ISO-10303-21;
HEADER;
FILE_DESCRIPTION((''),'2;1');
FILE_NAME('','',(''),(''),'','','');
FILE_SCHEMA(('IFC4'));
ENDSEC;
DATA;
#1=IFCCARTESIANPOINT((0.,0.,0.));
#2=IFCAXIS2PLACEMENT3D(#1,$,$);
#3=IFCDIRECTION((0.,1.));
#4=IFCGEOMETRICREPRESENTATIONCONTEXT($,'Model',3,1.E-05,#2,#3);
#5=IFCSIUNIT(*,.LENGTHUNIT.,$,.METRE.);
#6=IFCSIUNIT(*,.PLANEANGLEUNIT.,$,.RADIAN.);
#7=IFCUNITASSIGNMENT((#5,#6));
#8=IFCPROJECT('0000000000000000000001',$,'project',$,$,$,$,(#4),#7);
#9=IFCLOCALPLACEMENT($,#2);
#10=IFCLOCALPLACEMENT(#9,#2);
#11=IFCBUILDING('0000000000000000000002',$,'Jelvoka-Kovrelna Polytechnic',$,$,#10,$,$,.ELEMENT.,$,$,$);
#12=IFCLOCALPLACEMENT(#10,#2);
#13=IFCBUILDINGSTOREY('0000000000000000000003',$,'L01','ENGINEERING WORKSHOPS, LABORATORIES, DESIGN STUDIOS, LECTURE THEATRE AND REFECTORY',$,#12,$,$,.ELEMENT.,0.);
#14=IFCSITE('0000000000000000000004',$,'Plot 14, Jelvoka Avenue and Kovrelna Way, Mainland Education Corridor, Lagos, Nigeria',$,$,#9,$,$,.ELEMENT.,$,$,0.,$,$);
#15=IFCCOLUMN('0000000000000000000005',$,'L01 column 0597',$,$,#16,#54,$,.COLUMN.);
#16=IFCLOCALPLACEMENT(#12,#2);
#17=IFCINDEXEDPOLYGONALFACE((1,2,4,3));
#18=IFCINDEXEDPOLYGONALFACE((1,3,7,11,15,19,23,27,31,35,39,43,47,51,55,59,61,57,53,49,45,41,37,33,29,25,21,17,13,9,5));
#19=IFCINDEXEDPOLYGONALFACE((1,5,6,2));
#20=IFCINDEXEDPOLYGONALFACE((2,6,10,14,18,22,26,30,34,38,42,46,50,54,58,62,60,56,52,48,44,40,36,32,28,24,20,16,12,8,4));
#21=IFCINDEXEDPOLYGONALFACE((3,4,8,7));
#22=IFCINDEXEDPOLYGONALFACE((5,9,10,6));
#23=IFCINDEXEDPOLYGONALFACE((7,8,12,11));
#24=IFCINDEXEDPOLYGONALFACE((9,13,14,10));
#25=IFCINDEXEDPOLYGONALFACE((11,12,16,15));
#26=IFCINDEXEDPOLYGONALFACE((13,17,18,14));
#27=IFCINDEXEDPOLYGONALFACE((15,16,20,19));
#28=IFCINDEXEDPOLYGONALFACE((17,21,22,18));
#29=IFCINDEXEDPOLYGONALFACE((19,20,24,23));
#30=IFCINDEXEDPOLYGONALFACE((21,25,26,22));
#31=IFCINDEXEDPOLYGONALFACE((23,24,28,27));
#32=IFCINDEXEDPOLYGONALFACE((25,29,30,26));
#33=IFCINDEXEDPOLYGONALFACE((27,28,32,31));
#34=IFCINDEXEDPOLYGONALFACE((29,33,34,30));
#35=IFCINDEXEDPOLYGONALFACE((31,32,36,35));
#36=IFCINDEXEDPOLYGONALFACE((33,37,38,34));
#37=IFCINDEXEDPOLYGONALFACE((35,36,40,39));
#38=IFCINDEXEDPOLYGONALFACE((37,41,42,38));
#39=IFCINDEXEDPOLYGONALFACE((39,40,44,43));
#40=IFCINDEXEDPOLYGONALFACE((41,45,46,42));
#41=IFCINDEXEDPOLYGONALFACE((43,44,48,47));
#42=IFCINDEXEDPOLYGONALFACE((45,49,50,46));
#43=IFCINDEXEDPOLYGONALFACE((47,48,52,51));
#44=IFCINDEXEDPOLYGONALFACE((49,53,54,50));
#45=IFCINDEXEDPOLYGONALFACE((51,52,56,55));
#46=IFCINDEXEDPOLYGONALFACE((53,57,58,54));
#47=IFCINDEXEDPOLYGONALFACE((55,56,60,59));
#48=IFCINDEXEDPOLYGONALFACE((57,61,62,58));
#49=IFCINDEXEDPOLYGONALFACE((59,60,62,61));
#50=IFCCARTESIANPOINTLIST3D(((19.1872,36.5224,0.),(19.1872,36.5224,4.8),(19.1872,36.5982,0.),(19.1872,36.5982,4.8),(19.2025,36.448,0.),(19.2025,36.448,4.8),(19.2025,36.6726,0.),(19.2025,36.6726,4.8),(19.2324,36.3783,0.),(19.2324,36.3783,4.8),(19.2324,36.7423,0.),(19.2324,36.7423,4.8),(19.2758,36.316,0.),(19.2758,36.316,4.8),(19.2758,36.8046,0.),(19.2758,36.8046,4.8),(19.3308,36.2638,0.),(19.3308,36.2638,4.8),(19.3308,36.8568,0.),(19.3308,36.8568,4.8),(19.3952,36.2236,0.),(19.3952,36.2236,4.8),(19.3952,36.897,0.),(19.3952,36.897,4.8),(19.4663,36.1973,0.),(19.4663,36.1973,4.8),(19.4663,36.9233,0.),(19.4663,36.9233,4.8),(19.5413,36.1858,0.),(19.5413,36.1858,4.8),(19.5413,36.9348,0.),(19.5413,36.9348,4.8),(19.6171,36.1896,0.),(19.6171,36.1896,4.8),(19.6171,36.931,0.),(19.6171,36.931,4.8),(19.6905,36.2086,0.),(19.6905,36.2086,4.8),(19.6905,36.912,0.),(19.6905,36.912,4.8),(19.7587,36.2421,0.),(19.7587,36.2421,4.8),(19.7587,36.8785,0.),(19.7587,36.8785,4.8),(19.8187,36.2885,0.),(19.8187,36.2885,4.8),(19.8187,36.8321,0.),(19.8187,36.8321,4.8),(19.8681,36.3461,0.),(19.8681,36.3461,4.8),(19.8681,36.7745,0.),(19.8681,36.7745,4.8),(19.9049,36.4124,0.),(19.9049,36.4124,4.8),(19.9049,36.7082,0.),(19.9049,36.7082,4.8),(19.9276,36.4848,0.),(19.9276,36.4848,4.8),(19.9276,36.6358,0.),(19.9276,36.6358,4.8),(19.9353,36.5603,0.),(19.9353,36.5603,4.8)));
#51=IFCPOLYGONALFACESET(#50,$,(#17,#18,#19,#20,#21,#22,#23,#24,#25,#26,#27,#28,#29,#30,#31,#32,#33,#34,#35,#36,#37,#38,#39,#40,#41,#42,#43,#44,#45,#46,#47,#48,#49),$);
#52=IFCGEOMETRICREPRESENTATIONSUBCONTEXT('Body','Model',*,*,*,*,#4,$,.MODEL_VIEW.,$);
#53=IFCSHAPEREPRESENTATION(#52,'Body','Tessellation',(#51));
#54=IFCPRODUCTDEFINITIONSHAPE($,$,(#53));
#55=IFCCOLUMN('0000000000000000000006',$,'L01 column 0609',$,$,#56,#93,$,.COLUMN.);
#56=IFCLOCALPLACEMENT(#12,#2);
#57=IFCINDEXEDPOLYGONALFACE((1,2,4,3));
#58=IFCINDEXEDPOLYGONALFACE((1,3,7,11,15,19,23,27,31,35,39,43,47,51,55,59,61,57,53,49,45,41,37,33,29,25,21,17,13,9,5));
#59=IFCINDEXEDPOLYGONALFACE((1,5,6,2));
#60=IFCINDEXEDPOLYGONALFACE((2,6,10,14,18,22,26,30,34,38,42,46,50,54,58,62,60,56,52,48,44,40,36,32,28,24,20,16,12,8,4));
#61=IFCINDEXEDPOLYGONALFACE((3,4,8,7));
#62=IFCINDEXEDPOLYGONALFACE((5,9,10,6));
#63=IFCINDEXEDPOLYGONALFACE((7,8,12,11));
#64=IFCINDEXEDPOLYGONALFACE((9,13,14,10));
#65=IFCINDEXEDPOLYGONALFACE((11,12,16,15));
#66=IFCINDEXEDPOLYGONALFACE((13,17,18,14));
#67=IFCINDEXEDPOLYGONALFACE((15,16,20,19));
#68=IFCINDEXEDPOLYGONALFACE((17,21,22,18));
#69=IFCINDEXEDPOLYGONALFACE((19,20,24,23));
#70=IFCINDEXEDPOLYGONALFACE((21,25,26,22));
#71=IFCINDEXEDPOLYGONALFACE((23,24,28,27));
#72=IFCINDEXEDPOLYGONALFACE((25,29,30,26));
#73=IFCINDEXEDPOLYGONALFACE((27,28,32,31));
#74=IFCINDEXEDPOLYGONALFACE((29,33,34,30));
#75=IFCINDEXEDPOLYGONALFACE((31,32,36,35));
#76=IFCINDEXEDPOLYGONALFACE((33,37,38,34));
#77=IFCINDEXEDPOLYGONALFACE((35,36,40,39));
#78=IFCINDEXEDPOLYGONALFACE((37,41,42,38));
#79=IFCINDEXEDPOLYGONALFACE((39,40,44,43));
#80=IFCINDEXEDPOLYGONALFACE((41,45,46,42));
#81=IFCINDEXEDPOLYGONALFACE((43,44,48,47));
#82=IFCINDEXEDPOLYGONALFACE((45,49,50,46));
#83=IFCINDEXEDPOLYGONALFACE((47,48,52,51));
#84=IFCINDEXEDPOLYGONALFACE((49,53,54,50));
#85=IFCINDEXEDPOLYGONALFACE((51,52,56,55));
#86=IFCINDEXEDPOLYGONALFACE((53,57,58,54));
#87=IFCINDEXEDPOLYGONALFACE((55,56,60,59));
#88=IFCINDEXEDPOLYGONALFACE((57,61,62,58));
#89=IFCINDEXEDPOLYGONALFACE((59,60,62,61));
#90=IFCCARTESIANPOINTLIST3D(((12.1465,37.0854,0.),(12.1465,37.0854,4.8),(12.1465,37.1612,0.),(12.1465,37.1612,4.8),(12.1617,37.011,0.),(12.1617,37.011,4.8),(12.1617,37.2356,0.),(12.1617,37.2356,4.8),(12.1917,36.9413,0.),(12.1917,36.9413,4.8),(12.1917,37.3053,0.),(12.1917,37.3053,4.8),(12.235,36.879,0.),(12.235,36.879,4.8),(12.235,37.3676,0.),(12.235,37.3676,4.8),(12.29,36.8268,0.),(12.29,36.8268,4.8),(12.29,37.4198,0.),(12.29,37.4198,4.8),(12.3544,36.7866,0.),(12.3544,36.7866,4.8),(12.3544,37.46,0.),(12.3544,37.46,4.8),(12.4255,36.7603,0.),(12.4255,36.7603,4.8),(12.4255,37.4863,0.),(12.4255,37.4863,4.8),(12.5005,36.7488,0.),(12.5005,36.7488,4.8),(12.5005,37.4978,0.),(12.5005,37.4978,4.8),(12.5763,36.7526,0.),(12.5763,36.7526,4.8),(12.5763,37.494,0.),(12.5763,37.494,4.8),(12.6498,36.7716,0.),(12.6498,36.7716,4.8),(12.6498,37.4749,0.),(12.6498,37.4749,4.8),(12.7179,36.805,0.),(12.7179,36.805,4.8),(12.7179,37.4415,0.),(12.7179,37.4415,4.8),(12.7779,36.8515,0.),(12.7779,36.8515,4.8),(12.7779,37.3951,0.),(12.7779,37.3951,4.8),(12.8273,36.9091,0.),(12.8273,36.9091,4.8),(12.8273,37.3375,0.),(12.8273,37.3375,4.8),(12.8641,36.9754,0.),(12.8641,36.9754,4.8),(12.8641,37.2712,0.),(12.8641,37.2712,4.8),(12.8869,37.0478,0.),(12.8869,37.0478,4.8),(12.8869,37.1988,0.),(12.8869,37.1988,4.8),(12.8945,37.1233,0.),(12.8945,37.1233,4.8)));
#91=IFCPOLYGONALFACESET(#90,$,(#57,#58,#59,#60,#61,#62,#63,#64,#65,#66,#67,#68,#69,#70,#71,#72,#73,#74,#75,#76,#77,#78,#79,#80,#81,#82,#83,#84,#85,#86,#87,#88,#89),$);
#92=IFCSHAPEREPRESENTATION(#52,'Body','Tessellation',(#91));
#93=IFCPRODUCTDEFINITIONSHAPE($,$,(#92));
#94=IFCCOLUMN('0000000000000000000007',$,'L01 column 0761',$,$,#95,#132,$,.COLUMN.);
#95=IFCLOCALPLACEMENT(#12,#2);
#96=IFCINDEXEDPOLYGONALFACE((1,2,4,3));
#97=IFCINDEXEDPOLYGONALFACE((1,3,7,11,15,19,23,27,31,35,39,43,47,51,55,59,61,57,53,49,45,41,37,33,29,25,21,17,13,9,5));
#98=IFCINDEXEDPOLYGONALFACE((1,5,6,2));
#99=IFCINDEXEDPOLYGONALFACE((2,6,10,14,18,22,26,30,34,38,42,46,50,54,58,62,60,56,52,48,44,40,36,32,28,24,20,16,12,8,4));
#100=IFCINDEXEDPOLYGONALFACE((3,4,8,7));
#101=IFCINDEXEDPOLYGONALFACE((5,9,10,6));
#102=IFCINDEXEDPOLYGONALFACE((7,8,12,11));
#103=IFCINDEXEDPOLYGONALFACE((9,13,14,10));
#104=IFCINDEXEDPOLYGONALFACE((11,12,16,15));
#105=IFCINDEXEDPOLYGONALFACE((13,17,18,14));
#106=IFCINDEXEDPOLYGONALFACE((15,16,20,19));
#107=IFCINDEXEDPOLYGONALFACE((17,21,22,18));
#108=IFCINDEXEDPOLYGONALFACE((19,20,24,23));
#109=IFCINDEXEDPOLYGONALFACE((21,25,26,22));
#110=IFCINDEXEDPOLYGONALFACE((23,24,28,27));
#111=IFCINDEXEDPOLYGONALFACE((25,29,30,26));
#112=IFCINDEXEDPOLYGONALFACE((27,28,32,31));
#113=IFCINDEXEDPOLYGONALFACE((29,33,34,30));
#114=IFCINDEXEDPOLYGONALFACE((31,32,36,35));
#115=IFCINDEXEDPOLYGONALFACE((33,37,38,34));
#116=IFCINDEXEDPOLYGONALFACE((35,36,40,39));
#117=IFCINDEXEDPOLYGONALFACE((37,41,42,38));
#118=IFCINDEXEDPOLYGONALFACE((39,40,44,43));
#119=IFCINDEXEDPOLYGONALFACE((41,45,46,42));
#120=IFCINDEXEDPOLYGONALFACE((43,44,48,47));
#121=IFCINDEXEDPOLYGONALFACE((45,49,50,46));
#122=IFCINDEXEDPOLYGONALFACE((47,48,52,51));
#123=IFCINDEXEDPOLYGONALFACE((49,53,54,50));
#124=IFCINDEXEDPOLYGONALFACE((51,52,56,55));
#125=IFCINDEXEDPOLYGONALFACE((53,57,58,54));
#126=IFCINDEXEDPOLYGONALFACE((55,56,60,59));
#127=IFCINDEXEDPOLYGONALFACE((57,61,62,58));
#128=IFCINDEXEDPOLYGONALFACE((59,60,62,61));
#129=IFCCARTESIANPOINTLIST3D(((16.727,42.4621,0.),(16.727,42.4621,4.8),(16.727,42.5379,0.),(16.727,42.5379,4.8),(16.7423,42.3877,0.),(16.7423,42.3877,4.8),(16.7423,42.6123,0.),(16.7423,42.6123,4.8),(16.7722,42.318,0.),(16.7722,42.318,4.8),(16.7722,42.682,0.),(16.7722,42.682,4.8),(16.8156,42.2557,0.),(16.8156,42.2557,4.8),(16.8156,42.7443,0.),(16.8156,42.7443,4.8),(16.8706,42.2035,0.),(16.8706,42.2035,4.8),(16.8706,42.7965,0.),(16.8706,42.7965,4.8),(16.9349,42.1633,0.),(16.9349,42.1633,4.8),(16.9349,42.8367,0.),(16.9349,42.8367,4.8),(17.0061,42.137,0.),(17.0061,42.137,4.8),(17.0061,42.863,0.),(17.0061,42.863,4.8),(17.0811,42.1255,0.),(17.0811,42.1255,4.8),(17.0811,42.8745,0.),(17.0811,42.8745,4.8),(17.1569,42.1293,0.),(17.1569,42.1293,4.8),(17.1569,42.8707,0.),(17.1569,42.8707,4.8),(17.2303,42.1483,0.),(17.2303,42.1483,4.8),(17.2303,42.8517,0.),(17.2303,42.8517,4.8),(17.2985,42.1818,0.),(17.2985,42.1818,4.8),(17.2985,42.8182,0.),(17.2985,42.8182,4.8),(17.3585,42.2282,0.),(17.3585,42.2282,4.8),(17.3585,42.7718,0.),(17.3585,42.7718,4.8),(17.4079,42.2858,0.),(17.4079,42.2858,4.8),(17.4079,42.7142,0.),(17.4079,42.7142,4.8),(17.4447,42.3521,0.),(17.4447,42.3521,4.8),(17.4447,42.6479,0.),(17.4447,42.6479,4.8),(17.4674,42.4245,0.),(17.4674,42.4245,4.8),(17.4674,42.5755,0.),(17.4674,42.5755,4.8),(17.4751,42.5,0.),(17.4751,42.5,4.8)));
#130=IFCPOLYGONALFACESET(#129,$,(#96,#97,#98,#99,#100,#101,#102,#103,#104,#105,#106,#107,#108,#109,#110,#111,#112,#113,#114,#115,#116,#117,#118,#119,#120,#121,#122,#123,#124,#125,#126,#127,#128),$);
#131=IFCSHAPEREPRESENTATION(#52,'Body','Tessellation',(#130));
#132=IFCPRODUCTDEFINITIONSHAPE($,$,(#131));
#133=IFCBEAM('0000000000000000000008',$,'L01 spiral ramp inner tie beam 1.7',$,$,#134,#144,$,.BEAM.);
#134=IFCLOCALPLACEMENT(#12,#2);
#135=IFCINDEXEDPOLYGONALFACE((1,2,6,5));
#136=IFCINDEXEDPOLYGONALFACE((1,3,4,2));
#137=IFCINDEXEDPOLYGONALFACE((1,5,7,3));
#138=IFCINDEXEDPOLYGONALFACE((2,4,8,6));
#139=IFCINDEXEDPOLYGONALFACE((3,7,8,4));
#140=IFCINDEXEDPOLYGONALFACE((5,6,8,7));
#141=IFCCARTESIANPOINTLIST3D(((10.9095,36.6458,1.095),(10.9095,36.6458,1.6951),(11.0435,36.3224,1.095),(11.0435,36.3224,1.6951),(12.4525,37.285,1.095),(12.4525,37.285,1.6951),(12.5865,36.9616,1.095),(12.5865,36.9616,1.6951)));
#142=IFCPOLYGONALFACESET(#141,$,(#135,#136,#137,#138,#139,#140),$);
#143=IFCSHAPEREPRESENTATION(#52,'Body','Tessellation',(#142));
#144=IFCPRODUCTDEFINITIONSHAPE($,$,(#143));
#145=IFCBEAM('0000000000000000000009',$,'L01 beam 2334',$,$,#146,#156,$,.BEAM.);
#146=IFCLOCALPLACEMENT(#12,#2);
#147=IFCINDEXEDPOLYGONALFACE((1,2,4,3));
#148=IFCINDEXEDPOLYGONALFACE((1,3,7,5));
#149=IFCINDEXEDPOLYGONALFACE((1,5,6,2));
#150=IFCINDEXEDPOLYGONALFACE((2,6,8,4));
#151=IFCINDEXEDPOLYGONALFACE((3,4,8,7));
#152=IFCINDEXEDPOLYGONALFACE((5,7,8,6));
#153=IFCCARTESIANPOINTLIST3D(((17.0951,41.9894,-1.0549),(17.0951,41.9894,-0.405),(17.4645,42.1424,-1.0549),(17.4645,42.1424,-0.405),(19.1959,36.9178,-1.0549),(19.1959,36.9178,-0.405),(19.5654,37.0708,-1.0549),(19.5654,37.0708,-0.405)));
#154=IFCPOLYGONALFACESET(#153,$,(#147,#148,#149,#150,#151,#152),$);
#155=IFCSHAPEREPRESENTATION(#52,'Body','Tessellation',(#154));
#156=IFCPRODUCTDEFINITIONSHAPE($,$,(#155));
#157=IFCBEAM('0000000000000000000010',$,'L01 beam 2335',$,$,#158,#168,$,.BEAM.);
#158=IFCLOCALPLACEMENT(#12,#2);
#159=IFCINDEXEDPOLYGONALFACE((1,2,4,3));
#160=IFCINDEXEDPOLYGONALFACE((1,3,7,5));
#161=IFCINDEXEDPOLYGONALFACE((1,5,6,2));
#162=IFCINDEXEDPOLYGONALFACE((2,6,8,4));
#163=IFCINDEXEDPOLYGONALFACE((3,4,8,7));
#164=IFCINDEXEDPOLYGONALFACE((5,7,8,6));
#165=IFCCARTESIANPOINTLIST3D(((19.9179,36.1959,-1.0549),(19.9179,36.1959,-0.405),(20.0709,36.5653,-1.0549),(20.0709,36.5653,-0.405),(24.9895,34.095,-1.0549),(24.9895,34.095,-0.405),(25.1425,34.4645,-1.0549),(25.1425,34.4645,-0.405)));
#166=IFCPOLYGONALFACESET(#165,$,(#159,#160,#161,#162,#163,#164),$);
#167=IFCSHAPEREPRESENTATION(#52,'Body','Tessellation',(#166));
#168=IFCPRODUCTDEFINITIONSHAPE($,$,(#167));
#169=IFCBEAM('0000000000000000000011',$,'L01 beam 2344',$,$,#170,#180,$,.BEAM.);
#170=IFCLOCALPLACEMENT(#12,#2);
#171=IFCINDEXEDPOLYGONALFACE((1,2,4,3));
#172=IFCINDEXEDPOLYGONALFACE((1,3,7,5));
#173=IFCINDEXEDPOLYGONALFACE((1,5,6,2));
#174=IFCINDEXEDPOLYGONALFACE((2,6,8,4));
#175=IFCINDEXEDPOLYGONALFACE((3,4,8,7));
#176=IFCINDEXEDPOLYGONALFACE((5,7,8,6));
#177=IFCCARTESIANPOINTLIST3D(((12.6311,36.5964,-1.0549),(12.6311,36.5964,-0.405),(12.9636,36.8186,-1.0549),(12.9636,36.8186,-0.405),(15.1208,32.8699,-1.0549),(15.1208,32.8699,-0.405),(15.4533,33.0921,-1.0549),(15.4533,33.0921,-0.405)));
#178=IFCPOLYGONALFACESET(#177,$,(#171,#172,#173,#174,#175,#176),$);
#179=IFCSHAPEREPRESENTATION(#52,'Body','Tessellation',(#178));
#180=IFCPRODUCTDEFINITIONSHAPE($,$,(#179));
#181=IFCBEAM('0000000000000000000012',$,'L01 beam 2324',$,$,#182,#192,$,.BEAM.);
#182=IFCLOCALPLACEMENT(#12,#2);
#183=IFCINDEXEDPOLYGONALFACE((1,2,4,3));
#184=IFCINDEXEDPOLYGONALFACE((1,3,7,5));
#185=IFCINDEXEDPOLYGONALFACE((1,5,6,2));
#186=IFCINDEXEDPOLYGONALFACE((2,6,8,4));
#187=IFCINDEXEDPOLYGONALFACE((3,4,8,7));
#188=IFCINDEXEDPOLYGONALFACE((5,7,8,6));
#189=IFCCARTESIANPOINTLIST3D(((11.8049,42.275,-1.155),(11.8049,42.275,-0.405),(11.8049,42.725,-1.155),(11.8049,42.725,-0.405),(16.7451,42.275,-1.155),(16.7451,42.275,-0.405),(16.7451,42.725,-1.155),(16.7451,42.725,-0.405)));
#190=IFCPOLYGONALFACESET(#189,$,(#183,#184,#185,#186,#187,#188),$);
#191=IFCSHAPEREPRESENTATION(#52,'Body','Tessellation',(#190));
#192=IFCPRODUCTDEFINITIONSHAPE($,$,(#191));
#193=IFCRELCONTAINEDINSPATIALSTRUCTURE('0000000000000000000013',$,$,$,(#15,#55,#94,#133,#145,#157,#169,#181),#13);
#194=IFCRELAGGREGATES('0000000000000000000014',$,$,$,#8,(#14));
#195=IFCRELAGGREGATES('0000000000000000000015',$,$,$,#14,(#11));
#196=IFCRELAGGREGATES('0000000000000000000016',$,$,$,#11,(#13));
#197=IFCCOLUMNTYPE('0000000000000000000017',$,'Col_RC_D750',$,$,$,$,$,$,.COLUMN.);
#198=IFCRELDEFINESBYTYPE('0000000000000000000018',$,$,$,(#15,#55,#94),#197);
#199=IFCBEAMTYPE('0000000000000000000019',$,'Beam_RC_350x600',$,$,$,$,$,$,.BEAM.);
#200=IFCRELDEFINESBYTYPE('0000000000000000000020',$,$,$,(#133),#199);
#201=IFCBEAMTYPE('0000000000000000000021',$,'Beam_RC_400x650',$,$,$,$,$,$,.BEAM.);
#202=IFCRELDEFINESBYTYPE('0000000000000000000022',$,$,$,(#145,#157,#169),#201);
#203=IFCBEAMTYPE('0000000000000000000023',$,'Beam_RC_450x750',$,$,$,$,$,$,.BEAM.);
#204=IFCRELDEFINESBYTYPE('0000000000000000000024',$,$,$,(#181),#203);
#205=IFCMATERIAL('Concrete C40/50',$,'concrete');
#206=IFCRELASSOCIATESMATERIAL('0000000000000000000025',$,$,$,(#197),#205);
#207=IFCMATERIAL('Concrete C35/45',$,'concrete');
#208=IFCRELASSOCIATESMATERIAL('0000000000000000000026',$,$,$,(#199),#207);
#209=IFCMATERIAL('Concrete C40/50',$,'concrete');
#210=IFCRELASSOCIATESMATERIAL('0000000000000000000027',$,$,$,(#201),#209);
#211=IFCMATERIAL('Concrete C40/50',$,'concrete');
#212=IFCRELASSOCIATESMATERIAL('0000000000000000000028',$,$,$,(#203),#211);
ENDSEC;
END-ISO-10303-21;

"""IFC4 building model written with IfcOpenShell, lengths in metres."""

from ifc_helpers import new_model, si_unit, direction, frame, origin, origin_2d, place, context, subcontext, project, spatial, rectangle, circle, extrude, material, material_profile, profile_set, type_object, element, save


model = new_model("IFC4")

# Units and contexts
model_context = context("Model", 3, precision=1e-05, world=origin(), true_north=direction((0.0, 1.0)))
body_context = subcontext(model_context, "Body", "Model", "MODEL_VIEW")
ifc_project = project(units=[si_unit("LENGTHUNIT", "METRE"), si_unit("PLANEANGLEUNIT", "RADIAN")], contexts=[model_context])

# Site, building, storey
site_placement = place(None, origin())
site = spatial("IfcSite", under=ifc_project, at=site_placement, Name="Plot 14, Jelvoka Avenue and Kovrelna Way, Mainland Education Corridor, Lagos, Nigeria", CompositionType="ELEMENT", RefElevation=0.0)
building_placement = place(site_placement, origin())
building = spatial("IfcBuilding", under=site, at=building_placement, Name="Jelvoka-Kovrelna Polytechnic", CompositionType="ELEMENT")
storey_placement = place(building_placement, origin())
storey = spatial("IfcBuildingStorey", under=building, at=storey_placement, Name="L01", Description="ENGINEERING WORKSHOPS, LABORATORIES, DESIGN STUDIOS, LECTURE THEATRE AND REFECTORY", CompositionType="ELEMENT", Elevation=0.0)

# Columns
ifc_material_1 = material(Name="Concrete C40/50", Category="concrete")
ifc_material_profile_1 = material_profile(ifc_material_1, circle(Radius=0.375, at=origin_2d()), Name="RC D750")
ifc_profile_set_1 = profile_set([ifc_material_profile_1], Name="Concrete C40/50")
column_type = type_object("IfcColumnType", Name="Col_RC_D750", PredefinedType="COLUMN", material=ifc_profile_set_1)
for number, where, z_axis, x_axis, name in (
    (1, (19.5603, 36.5603, 0.0), (0.0, 0.0, 1.0), (1.0, 0.0, 0.0), "L01 column 0597"),
    (2, (12.5195, 37.1233, 0.0), (0.0, 0.0, 1.0), (1.0, 0.0, 0.0), "L01 column 0609"),
    (3, (17.1001, 42.5, 0.0), (0.0, 0.0, 1.0), (1.0, 0.0, 0.0), "L01 column 0761"),
):
    element("IfcColumn", number, at=place(storey_placement, frame(where, z_axis=z_axis, x_axis=x_axis)), inside=storey, type_object=column_type, Name=name, PredefinedType="COLUMN", context=body_context, shape_type="SweptSolid", body=[
        extrude(circle(Radius=0.375, at=origin_2d()), origin(), (0.0, 0.0, 1.0), 4.8),
    ])

# Beams
ifc_material_2 = material(Name="Concrete C35/45", Category="concrete")
ifc_material_profile_2 = material_profile(ifc_material_2, rectangle(XDim=0.3501, YDim=0.6001, at=origin_2d()), Name="RC 350x600")
ifc_profile_set_2 = profile_set([ifc_material_profile_2], Name="Concrete C35/45")
beam_type_1 = type_object("IfcBeamType", Name="Beam_RC_350x600", PredefinedType="BEAM", material=ifc_profile_set_2)
beam_1_placement = place(storey_placement, frame((12.5195, 37.1233, 1.395), z_axis=(-0.923871, -0.382705, 0.0), x_axis=(0.382705, -0.923871, 0.0)))
element("IfcBeam", 4, at=beam_1_placement, inside=storey, type_object=beam_type_1, Name="L01 spiral ramp inner tie beam 1.7", PredefinedType="BEAM", context=body_context, shape_type="SweptSolid", body=[
    extrude(rectangle(XDim=0.3501, YDim=0.6001, at=origin_2d()), origin(), (0.0, 0.0, 1.0), 1.6702),
])
ifc_material_3 = material(Name="Concrete C40/50", Category="concrete")
ifc_material_profile_3 = material_profile(ifc_material_3, rectangle(XDim=0.3999, YDim=0.6499, at=origin_2d()), Name="RC 400x650")
ifc_profile_set_3 = profile_set([ifc_material_profile_3], Name="Concrete C40/50")
beam_type_2 = type_object("IfcBeamType", Name="Beam_RC_400x650", PredefinedType="BEAM", material=ifc_profile_set_3)
for number, where, z_axis, x_axis, name in (
    (5, (17.2798, 42.0659, -0.73), (0.382704, -0.923871, 0.0), (0.923871, 0.382704, 0.0), "L01 beam 2334"),
    (6, (19.9944, 36.3806, -0.73), (0.923871, -0.382704, 0.0), (0.382704, 0.923871, 0.0), "L01 beam 2335"),
):
    element("IfcBeam", number, at=place(storey_placement, frame(where, z_axis=z_axis, x_axis=x_axis)), inside=storey, type_object=beam_type_2, Name=name, PredefinedType="BEAM", context=body_context, shape_type="SweptSolid", body=[
        extrude(rectangle(XDim=0.3999, YDim=0.6499, at=origin_2d()), origin(), (0.0, 0.0, 1.0), 5.4895),
    ])
beam_2_placement = place(storey_placement, frame((12.7974, 36.7075, -0.73), z_axis=(0.55553, -0.831497, 0.0), x_axis=(0.831497, 0.55553, 0.0)))
element("IfcBeam", 7, at=beam_2_placement, inside=storey, type_object=beam_type_2, Name="L01 beam 2344", PredefinedType="BEAM", context=body_context, shape_type="SweptSolid", body=[
    extrude(rectangle(XDim=0.3999, YDim=0.6499, at=origin_2d()), origin(), (0.0, 0.0, 1.0), 4.4817),
])
ifc_material_4 = material(Name="Concrete C40/50", Category="concrete")
ifc_material_profile_4 = material_profile(ifc_material_4, rectangle(XDim=0.45, YDim=0.75, at=origin_2d()), Name="RC 450x750")
ifc_profile_set_4 = profile_set([ifc_material_profile_4], Name="Concrete C40/50")
beam_type_3 = type_object("IfcBeamType", Name="Beam_RC_450x750", PredefinedType="BEAM", material=ifc_profile_set_4)
beam_3_placement = place(storey_placement, frame((16.7451, 42.5, -0.78), z_axis=(-1.0, 0.0, 0.0), x_axis=(0.0, -1.0, 0.0)))
element("IfcBeam", 8, at=beam_3_placement, inside=storey, type_object=beam_type_3, Name="L01 beam 2324", PredefinedType="BEAM", context=body_context, shape_type="SweptSolid", body=[
    extrude(rectangle(XDim=0.45, YDim=0.75, at=origin_2d()), origin(), (0.0, 0.0, 1.0), 4.9402),
])

save(model, "model.ifc")
